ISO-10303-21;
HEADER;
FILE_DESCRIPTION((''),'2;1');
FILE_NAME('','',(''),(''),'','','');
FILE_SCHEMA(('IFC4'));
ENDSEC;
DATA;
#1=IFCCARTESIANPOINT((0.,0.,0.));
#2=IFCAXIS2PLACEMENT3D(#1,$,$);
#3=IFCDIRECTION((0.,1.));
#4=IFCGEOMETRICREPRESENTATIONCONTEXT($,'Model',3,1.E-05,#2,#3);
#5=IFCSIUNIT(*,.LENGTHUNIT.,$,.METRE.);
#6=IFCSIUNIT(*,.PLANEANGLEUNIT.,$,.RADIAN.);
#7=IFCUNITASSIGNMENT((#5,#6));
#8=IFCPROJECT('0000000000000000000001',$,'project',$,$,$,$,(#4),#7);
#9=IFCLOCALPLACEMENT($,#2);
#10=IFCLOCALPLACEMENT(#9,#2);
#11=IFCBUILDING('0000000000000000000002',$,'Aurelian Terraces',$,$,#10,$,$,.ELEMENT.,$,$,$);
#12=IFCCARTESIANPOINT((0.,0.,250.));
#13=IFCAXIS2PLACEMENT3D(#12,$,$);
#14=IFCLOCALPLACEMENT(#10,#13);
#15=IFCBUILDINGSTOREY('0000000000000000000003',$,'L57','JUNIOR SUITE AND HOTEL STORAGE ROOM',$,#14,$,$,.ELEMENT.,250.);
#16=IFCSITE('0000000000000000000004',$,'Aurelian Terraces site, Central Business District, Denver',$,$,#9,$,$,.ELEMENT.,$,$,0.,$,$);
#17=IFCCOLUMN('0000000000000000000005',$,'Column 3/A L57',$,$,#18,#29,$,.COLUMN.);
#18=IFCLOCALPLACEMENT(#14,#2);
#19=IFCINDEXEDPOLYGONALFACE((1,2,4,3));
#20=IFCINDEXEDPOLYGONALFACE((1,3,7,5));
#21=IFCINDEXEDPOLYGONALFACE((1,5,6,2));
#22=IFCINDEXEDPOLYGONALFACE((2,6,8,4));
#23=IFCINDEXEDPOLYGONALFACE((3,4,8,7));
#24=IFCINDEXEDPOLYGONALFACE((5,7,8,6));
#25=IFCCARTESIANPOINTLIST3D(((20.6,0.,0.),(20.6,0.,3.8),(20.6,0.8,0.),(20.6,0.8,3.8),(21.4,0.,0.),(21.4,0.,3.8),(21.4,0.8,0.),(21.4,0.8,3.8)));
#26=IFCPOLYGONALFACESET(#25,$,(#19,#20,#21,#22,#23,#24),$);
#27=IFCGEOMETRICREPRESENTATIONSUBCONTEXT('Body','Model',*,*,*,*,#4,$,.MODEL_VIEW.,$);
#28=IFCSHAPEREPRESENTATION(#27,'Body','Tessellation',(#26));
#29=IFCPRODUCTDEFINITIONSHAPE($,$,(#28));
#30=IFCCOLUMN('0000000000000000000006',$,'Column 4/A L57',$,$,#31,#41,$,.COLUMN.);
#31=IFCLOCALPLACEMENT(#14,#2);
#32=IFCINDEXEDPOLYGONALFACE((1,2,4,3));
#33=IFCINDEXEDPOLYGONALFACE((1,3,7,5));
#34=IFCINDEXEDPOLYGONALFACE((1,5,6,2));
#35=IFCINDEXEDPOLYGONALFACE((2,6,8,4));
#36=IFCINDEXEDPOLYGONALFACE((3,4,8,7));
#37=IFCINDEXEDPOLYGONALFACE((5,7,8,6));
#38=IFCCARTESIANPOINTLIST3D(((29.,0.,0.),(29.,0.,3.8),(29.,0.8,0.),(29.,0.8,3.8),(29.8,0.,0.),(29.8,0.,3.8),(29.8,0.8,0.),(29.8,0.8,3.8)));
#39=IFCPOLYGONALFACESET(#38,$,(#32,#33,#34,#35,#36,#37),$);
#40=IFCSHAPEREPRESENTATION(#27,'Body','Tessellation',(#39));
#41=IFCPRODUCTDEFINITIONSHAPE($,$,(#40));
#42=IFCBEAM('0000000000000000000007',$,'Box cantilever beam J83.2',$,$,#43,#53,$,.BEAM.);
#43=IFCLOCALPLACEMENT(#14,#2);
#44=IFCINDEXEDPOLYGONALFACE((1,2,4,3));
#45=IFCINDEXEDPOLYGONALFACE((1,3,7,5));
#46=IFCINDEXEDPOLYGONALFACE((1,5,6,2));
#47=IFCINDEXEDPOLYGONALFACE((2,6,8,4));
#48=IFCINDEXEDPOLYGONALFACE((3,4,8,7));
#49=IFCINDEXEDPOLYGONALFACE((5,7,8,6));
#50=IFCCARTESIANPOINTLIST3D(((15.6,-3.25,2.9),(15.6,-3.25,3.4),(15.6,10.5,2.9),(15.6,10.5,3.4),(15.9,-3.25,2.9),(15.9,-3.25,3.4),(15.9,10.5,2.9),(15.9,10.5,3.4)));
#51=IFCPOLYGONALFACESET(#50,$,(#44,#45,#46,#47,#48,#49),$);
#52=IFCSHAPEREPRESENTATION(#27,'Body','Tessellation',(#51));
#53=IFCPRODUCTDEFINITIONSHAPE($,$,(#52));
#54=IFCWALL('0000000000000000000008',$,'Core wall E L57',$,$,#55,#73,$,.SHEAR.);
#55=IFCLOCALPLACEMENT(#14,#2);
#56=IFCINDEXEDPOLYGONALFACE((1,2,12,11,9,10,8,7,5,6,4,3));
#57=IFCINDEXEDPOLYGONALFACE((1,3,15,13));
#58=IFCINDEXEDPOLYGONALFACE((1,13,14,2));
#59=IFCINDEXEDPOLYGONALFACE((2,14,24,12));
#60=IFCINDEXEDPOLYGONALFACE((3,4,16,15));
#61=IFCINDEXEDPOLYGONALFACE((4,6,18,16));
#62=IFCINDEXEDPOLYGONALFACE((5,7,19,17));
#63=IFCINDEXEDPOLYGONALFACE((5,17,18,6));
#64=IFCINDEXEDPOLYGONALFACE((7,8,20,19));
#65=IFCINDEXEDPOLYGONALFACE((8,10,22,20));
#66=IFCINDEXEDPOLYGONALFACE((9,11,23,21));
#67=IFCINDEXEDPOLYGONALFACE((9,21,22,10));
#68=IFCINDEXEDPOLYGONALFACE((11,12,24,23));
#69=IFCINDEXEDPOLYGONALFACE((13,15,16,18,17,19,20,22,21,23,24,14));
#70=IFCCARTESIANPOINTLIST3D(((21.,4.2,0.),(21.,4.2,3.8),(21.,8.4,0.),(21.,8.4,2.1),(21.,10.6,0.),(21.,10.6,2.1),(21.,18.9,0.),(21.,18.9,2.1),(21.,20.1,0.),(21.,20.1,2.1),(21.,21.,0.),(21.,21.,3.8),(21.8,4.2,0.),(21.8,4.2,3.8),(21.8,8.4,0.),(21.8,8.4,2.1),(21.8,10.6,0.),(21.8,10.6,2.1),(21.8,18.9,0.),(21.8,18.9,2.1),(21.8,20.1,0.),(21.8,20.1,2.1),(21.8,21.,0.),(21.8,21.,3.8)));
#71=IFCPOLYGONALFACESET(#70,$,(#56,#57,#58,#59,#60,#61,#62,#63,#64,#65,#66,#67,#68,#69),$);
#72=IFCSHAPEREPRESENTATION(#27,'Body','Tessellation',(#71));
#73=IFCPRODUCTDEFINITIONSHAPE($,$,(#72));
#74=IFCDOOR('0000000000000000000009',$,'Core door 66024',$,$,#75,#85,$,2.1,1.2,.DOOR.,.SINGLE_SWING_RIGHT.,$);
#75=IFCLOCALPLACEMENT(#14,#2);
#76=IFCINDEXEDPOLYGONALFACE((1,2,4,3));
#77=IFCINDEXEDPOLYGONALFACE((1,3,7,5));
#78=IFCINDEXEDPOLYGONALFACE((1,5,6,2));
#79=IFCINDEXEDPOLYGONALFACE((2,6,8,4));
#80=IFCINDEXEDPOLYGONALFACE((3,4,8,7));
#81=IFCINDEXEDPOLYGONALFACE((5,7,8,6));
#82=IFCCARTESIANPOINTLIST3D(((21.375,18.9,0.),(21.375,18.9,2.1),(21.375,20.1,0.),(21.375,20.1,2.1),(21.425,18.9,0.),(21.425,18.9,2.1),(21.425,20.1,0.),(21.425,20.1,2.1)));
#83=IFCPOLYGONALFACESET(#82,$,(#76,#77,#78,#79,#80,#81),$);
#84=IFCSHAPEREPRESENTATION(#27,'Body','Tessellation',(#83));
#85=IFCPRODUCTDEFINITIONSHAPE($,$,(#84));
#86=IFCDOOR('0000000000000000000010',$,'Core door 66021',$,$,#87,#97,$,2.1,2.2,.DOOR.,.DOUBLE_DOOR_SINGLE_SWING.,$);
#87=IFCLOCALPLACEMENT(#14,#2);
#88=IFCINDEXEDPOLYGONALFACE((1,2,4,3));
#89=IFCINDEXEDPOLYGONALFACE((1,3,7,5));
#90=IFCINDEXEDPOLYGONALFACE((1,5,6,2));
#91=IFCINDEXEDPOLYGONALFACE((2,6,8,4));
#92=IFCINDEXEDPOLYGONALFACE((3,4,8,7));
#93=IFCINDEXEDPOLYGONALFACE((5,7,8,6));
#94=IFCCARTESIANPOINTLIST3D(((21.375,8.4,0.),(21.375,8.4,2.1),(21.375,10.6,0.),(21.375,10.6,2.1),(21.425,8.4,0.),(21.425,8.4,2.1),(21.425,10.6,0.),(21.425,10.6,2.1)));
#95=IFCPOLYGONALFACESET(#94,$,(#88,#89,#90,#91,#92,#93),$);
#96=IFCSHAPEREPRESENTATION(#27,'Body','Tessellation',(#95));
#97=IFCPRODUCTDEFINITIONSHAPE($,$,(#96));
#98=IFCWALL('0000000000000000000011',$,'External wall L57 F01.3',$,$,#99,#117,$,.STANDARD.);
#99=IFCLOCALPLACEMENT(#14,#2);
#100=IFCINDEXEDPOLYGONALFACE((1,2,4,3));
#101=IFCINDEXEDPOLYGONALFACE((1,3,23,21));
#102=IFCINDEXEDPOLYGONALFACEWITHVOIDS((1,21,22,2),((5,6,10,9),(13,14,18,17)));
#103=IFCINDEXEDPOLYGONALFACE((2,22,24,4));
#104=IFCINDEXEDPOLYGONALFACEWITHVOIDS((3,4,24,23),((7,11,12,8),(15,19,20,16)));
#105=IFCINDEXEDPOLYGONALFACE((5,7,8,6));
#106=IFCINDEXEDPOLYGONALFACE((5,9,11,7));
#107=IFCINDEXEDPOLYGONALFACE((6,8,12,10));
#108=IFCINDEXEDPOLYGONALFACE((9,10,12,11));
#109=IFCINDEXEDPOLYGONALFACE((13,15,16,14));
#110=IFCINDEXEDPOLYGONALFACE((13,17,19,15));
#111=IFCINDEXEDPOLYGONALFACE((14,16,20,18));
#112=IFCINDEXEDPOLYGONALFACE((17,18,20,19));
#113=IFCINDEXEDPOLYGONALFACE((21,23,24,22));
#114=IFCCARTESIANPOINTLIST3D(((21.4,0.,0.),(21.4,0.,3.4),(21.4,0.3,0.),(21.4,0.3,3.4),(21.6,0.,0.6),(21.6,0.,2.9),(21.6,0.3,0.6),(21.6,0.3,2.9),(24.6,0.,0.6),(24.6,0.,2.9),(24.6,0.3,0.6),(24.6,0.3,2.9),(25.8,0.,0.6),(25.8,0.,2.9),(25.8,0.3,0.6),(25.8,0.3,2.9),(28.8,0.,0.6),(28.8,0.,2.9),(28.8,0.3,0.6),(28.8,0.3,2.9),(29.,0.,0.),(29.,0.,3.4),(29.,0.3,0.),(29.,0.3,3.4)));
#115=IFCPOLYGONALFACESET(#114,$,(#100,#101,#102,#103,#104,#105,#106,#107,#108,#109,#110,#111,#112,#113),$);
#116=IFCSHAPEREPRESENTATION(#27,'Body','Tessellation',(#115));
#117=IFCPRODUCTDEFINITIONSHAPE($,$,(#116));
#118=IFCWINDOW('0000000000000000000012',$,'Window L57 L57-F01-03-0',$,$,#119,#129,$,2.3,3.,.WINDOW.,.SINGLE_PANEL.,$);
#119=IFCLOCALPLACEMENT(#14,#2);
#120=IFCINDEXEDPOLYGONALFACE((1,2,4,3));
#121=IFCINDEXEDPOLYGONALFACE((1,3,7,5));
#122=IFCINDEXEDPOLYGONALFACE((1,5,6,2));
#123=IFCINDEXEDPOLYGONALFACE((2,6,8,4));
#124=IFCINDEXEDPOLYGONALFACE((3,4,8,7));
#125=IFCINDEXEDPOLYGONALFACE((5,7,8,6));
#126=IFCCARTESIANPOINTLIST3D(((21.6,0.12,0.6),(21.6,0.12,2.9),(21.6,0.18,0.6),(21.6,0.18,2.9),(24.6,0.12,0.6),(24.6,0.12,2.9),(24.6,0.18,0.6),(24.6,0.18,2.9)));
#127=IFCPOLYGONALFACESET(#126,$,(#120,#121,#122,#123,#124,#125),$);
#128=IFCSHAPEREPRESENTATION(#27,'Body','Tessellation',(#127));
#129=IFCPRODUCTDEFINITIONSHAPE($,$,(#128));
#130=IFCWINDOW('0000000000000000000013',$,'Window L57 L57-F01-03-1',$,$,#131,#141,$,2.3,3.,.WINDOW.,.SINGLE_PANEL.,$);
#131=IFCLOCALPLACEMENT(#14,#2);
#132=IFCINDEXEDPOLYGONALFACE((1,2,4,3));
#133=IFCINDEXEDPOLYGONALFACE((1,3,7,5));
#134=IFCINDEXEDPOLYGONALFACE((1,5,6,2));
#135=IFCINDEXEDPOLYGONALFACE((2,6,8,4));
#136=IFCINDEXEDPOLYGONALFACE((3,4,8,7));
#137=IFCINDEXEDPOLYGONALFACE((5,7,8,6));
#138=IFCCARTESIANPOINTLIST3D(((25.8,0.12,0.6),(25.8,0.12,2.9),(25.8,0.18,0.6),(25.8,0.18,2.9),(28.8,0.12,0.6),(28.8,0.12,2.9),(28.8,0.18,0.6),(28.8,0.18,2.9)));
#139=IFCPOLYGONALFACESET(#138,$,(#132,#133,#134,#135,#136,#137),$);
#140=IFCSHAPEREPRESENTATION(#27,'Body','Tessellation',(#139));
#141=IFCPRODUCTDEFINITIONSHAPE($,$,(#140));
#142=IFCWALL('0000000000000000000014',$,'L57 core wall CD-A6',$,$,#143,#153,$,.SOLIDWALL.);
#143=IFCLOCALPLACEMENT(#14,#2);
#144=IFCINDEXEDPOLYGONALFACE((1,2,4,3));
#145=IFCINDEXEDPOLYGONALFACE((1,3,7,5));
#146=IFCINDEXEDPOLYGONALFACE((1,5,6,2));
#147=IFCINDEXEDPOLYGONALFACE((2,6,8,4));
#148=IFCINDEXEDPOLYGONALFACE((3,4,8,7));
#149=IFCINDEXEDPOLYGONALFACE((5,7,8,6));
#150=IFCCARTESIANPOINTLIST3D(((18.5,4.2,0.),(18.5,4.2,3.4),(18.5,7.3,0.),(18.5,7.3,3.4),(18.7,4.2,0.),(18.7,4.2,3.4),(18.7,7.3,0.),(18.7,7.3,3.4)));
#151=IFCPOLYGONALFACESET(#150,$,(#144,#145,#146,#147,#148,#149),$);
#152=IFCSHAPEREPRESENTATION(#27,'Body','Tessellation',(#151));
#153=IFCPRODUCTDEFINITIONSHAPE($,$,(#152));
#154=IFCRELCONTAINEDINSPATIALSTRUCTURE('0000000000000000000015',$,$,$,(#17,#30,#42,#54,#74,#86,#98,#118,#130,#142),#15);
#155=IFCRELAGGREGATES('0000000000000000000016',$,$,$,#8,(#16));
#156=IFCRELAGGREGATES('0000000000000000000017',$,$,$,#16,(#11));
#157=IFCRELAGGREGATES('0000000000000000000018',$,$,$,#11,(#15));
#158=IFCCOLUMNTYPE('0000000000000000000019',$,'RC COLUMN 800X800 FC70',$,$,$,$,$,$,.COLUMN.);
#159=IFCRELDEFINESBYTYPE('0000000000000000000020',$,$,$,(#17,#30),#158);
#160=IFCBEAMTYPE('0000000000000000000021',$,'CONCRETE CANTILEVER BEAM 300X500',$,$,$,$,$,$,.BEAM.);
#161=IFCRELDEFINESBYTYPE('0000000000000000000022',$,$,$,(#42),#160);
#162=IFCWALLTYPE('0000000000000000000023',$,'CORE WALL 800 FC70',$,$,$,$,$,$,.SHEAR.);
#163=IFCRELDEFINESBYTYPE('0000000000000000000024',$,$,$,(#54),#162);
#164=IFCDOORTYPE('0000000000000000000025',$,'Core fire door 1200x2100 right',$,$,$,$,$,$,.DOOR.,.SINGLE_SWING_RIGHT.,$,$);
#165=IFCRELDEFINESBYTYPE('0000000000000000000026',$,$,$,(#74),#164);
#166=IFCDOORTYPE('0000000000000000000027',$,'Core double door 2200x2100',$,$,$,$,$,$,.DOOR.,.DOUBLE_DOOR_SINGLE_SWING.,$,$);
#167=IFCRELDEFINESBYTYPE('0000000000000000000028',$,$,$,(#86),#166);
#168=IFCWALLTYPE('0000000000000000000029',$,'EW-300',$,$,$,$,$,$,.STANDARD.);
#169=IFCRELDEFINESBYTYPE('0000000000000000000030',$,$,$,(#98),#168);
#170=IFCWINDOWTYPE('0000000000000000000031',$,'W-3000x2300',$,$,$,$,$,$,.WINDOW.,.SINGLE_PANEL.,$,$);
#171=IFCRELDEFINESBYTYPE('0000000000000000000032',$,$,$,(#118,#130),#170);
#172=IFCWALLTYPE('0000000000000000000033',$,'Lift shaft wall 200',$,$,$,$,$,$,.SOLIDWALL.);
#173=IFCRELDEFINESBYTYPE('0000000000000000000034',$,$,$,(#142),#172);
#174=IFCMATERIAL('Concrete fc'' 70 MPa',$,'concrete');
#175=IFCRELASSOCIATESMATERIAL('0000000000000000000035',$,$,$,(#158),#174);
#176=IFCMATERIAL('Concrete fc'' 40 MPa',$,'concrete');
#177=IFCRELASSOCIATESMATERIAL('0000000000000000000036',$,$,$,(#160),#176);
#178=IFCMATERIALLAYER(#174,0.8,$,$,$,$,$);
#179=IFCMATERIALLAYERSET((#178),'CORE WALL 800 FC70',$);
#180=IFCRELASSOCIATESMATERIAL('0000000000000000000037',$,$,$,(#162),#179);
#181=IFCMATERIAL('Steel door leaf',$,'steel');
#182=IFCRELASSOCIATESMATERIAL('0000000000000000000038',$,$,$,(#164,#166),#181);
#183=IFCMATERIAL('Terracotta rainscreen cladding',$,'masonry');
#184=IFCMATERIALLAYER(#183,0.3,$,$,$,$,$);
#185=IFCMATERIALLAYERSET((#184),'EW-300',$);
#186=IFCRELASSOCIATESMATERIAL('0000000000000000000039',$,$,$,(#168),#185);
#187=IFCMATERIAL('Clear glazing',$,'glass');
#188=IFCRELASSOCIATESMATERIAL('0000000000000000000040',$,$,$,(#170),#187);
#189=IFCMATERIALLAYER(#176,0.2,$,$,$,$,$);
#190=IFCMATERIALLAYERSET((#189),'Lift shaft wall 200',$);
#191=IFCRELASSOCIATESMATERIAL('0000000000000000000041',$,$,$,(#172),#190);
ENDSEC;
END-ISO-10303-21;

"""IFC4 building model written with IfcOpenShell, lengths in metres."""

from ifc_helpers import new_model, si_unit, direction, frame, frame_2d, origin, origin_2d, place, context, subcontext, project, spatial, rectangle, extrude, source, transform, mapped, material, layer, layer_set, material_profile, profile_set, type_object, element, fill, save


model = new_model("IFC4")

# Units and contexts
model_context = context("Model", 3, precision=1e-05, world=origin(), true_north=direction((0.0, 1.0)))
body_context = subcontext(model_context, "Body", "Model", "MODEL_VIEW")
ifc_project = project(units=[si_unit("LENGTHUNIT", "METRE"), si_unit("PLANEANGLEUNIT", "RADIAN")], contexts=[model_context])

# Site, building, storey
site_placement = place(None, origin())
site = spatial("IfcSite", under=ifc_project, at=site_placement, Name="Aurelian Terraces site, Central Business District, Denver", CompositionType="ELEMENT", RefElevation=0.0)
building_placement = place(site_placement, origin())
building = spatial("IfcBuilding", under=site, at=building_placement, Name="Aurelian Terraces", CompositionType="ELEMENT")
storey_placement = place(building_placement, frame((0.0, 0.0, 250.0)))
storey = spatial("IfcBuildingStorey", under=building, at=storey_placement, Name="L57", Description="JUNIOR SUITE AND HOTEL STORAGE ROOM", CompositionType="ELEMENT", Elevation=250.0)

# Columns
ifc_material_1 = material(Name="Concrete fc' 70 MPa", Category="concrete")
ifc_material_profile_1 = material_profile(ifc_material_1, rectangle(XDim=0.8, YDim=0.8, at=origin_2d()))
ifc_profile_set_1 = profile_set([ifc_material_profile_1], Name="Concrete fc' 70 MPa")
column_type = type_object("IfcColumnType", Name="RC COLUMN 800X800 FC70", PredefinedType="COLUMN", material=ifc_profile_set_1)
shared_shape_1 = source(origin(), body_context, "Body", "SweptSolid", [
    extrude(rectangle(XDim=0.8, YDim=0.8, at=origin_2d()), origin(), (0.0, 0.0, 1.0), 3.8),
])
for number, where, z_axis, x_axis, name in (
    (1, (21.0, 0.4, 0.0), (0.0, 0.0, 1.0), (1.0, 0.0, 0.0), "Column 3/A L57"),
    (2, (29.4, 0.4, 0.0), (0.0, 0.0, 1.0), (1.0, 0.0, 0.0), "Column 4/A L57"),
):
    element("IfcColumn", number, at=place(storey_placement, frame(where, z_axis=z_axis, x_axis=x_axis)), inside=storey, type_object=column_type, Name=name, PredefinedType="COLUMN", context=body_context, shape_type="MappedRepresentation", body=[
        mapped(shared_shape_1, transform((0.0, 0.0, 0.0), scale=1.0)),
    ])

# Beam
ifc_material_2 = material(Name="Concrete fc' 40 MPa", Category="concrete")
ifc_material_profile_2 = material_profile(ifc_material_2, rectangle(XDim=0.3, YDim=0.5, at=origin_2d()))
ifc_profile_set_2 = profile_set([ifc_material_profile_2], Name="Concrete fc' 40 MPa")
beam_type = type_object("IfcBeamType", Name="CONCRETE CANTILEVER BEAM 300X500", PredefinedType="BEAM", material=ifc_profile_set_2)
shared_shape_2 = source(origin(), body_context, "Body", "SweptSolid", [
    extrude(rectangle(XDim=0.3, YDim=0.5, at=origin_2d()), origin(), (0.0, 0.0, 1.0), 13.75),
])
beam_placement = place(storey_placement, frame((15.75, -3.25, 3.15), z_axis=(0.0, 1.0, 0.0), x_axis=(-1.0, 0.0, 0.0)))
element("IfcBeam", 3, at=beam_placement, inside=storey, type_object=beam_type, Name="Box cantilever beam J83.2", PredefinedType="BEAM", context=body_context, shape_type="MappedRepresentation", body=[
    mapped(shared_shape_2, transform((0.0, 0.0, 0.0), scale=1.0)),
])

# Wall, openings, doors
ifc_layer_1 = layer(ifc_material_1, 0.8)
ifc_layer_set_1 = layer_set([ifc_layer_1], Name="CORE WALL 800 FC70")
wall_type_1 = type_object("IfcWallType", Name="CORE WALL 800 FC70", PredefinedType="SHEAR", material=ifc_layer_set_1)
shared_shape_3 = source(origin(), body_context, "Body", "SweptSolid", [
    extrude(rectangle(XDim=16.8, YDim=0.8, at=frame_2d((8.4, 0.0))), origin(), (0.0, 0.0, 1.0), 3.8),
])
wall_1_placement = place(storey_placement, frame((21.4, 4.2, 0.0), z_axis=(0.0, 0.0, 1.0), x_axis=(0.0, 1.0, 0.0)))
wall_1 = element("IfcWall", 4, at=wall_1_placement, inside=storey, type_object=wall_type_1, Name="Core wall E L57", PredefinedType="SHEAR", context=body_context, shape_type="MappedRepresentation", body=[
    mapped(shared_shape_3, transform((0.0, 0.0, 0.0), scale=1.0)),
])
shared_shape_4 = source(origin(), body_context, "Body", "SweptSolid", [
    extrude(rectangle(XDim=2.2, YDim=2.1, at=frame_2d((1.1, 1.05))), frame((0.0, 0.41, 0.0), z_axis=(0.0, -1.0, 0.0), x_axis=(1.0, 0.0, 0.0)), (0.0, 0.0, 1.0), 0.82),
])
opening_1_placement = place(wall_1_placement, frame((4.2, 0.0, 0.0)))
opening_1 = element("IfcOpeningElement", 5, at=opening_1_placement, cuts=wall_1, PredefinedType="OPENING", context=body_context, shape_type="MappedRepresentation", body=[
    mapped(shared_shape_4, transform((0.0, 0.0, 0.0), scale=1.0)),
])
shared_shape_5 = source(origin(), body_context, "Body", "SweptSolid", [
    extrude(rectangle(XDim=1.2, YDim=2.1, at=frame_2d((0.6, 1.05))), frame((0.0, 0.41, 0.0), z_axis=(0.0, -1.0, 0.0), x_axis=(1.0, 0.0, 0.0)), (0.0, 0.0, 1.0), 0.82),
])
opening_2_placement = place(wall_1_placement, frame((14.7, 0.0, 0.0)))
opening_2 = element("IfcOpeningElement", 6, at=opening_2_placement, cuts=wall_1, PredefinedType="OPENING", context=body_context, shape_type="MappedRepresentation", body=[
    mapped(shared_shape_5, transform((0.0, 0.0, 0.0), scale=1.0)),
])
ifc_material_3 = material(Name="Steel door leaf", Category="steel")
door_type_1 = type_object("IfcDoorType", Name="Core fire door 1200x2100 right", OperationType="SINGLE_SWING_RIGHT", PredefinedType="DOOR", material=ifc_material_3)
shared_shape_6 = source(origin(), body_context, "Body", "SweptSolid", [
    extrude(rectangle(XDim=1.2, YDim=2.1, at=frame_2d((0.6, 1.05))), frame((0.0, 0.025, 0.0), z_axis=(0.0, -1.0, 0.0), x_axis=(1.0, 0.0, 0.0)), (0.0, 0.0, 1.0), 0.05),
])
door_1_placement = place(opening_2_placement, origin())
door_1 = element("IfcDoor", 7, at=door_1_placement, inside=storey, type_object=door_type_1, Name="Core door 66024", OperationType="SINGLE_SWING_RIGHT", OverallHeight=2.1, OverallWidth=1.2, PredefinedType="DOOR", context=body_context, shape_type="MappedRepresentation", body=[
    mapped(shared_shape_6, transform((0.0, 0.0, 0.0), scale=1.0)),
])
fill(opening_2, door_1)
door_type_2 = type_object("IfcDoorType", Name="Core double door 2200x2100", OperationType="DOUBLE_DOOR_SINGLE_SWING", PredefinedType="DOOR", material=ifc_material_3)
shared_shape_7 = source(origin(), body_context, "Body", "SweptSolid", [
    extrude(rectangle(XDim=2.2, YDim=2.1, at=frame_2d((1.1, 1.05))), frame((0.0, 0.025, 0.0), z_axis=(0.0, -1.0, 0.0), x_axis=(1.0, 0.0, 0.0)), (0.0, 0.0, 1.0), 0.05),
])
door_2_placement = place(opening_1_placement, origin())
door_2 = element("IfcDoor", 8, at=door_2_placement, inside=storey, type_object=door_type_2, Name="Core door 66021", OperationType="DOUBLE_DOOR_SINGLE_SWING", OverallHeight=2.1, OverallWidth=2.2, PredefinedType="DOOR", context=body_context, shape_type="MappedRepresentation", body=[
    mapped(shared_shape_7, transform((0.0, 0.0, 0.0), scale=1.0)),
])
fill(opening_1, door_2)

# Wall, openings, windows
ifc_material_4 = material(Name="Terracotta rainscreen cladding", Category="masonry")
ifc_layer_2 = layer(ifc_material_4, 0.3)
ifc_layer_set_2 = layer_set([ifc_layer_2], Name="EW-300")
wall_type_2 = type_object("IfcWallType", Name="EW-300", PredefinedType="STANDARD", material=ifc_layer_set_2)
shared_shape_8 = source(origin(), body_context, "Body", "SweptSolid", [
    extrude(rectangle(XDim=7.6, YDim=0.3, at=frame_2d((3.8, 0.0))), origin(), (0.0, 0.0, 1.0), 3.4),
])
wall_2_placement = place(storey_placement, frame((21.4, 0.15, 0.0), z_axis=(0.0, 0.0, 1.0), x_axis=(1.0, 0.0, 0.0)))
wall_2 = element("IfcWall", 9, at=wall_2_placement, inside=storey, type_object=wall_type_2, Name="External wall L57 F01.3", PredefinedType="STANDARD", context=body_context, shape_type="MappedRepresentation", body=[
    mapped(shared_shape_8, transform((0.0, 0.0, 0.0), scale=1.0)),
])
shared_shape_9 = source(origin(), body_context, "Body", "SweptSolid", [
    extrude(rectangle(XDim=3.0, YDim=2.3, at=frame_2d((1.5, 1.15))), frame((0.0, 0.16, 0.0), z_axis=(0.0, -1.0, 0.0), x_axis=(1.0, 0.0, 0.0)), (0.0, 0.0, 1.0), 0.32),
])
opening_3_placement = place(wall_2_placement, frame((0.2, 0.0, 0.6)))
opening_3 = element("IfcOpeningElement", 10, at=opening_3_placement, cuts=wall_2, PredefinedType="OPENING", context=body_context, shape_type="MappedRepresentation", body=[
    mapped(shared_shape_9, transform((0.0, 0.0, 0.0), scale=1.0)),
])
opening_4_placement = place(wall_2_placement, frame((4.4, 0.0, 0.6)))
opening_4 = element("IfcOpeningElement", 11, at=opening_4_placement, cuts=wall_2, PredefinedType="OPENING", context=body_context, shape_type="MappedRepresentation", body=[
    mapped(shared_shape_9, transform((0.0, 0.0, 0.0), scale=1.0)),
])
ifc_material_5 = material(Name="Clear glazing", Category="glass")
window_type = type_object("IfcWindowType", Name="W-3000x2300", PartitioningType="SINGLE_PANEL", PredefinedType="WINDOW", material=ifc_material_5)
shared_shape_10 = source(origin(), body_context, "Body", "SweptSolid", [
    extrude(rectangle(XDim=3.0, YDim=2.3, at=frame_2d((1.5, 1.15))), frame((0.0, 0.03, 0.0), z_axis=(0.0, -1.0, 0.0), x_axis=(1.0, 0.0, 0.0)), (0.0, 0.0, 1.0), 0.06),
])
window_1_placement = place(opening_3_placement, origin())
window_1 = element("IfcWindow", 12, at=window_1_placement, inside=storey, type_object=window_type, Name="Window L57 L57-F01-03-0", OverallHeight=2.3, OverallWidth=3.0, PartitioningType="SINGLE_PANEL", PredefinedType="WINDOW", context=body_context, shape_type="MappedRepresentation", body=[
    mapped(shared_shape_10, transform((0.0, 0.0, 0.0), scale=1.0)),
])
fill(opening_3, window_1)
window_2_placement = place(opening_4_placement, origin())
window_2 = element("IfcWindow", 13, at=window_2_placement, inside=storey, type_object=window_type, Name="Window L57 L57-F01-03-1", OverallHeight=2.3, OverallWidth=3.0, PartitioningType="SINGLE_PANEL", PredefinedType="WINDOW", context=body_context, shape_type="MappedRepresentation", body=[
    mapped(shared_shape_10, transform((0.0, 0.0, 0.0), scale=1.0)),
])
fill(opening_4, window_2)

# Wall
ifc_layer_3 = layer(ifc_material_2, 0.2)
ifc_layer_set_3 = layer_set([ifc_layer_3], Name="Lift shaft wall 200")
wall_type_3 = type_object("IfcWallType", Name="Lift shaft wall 200", PredefinedType="SOLIDWALL", material=ifc_layer_set_3)
shared_shape_11 = source(origin(), body_context, "Body", "SweptSolid", [
    extrude(rectangle(XDim=3.1, YDim=0.2, at=frame_2d((1.55, 0.0))), origin(), (0.0, 0.0, 1.0), 3.4),
])
wall_3_placement = place(storey_placement, frame((18.6, 4.2, 0.0), z_axis=(0.0, 0.0, 1.0), x_axis=(0.0, 1.0, 0.0)))
element("IfcWall", 14, at=wall_3_placement, inside=storey, type_object=wall_type_3, Name="L57 core wall CD-A6", PredefinedType="SOLIDWALL", context=body_context, shape_type="MappedRepresentation", body=[
    mapped(shared_shape_11, transform((0.0, 0.0, 0.0), scale=1.0)),
])

save(model, "model.ifc")
